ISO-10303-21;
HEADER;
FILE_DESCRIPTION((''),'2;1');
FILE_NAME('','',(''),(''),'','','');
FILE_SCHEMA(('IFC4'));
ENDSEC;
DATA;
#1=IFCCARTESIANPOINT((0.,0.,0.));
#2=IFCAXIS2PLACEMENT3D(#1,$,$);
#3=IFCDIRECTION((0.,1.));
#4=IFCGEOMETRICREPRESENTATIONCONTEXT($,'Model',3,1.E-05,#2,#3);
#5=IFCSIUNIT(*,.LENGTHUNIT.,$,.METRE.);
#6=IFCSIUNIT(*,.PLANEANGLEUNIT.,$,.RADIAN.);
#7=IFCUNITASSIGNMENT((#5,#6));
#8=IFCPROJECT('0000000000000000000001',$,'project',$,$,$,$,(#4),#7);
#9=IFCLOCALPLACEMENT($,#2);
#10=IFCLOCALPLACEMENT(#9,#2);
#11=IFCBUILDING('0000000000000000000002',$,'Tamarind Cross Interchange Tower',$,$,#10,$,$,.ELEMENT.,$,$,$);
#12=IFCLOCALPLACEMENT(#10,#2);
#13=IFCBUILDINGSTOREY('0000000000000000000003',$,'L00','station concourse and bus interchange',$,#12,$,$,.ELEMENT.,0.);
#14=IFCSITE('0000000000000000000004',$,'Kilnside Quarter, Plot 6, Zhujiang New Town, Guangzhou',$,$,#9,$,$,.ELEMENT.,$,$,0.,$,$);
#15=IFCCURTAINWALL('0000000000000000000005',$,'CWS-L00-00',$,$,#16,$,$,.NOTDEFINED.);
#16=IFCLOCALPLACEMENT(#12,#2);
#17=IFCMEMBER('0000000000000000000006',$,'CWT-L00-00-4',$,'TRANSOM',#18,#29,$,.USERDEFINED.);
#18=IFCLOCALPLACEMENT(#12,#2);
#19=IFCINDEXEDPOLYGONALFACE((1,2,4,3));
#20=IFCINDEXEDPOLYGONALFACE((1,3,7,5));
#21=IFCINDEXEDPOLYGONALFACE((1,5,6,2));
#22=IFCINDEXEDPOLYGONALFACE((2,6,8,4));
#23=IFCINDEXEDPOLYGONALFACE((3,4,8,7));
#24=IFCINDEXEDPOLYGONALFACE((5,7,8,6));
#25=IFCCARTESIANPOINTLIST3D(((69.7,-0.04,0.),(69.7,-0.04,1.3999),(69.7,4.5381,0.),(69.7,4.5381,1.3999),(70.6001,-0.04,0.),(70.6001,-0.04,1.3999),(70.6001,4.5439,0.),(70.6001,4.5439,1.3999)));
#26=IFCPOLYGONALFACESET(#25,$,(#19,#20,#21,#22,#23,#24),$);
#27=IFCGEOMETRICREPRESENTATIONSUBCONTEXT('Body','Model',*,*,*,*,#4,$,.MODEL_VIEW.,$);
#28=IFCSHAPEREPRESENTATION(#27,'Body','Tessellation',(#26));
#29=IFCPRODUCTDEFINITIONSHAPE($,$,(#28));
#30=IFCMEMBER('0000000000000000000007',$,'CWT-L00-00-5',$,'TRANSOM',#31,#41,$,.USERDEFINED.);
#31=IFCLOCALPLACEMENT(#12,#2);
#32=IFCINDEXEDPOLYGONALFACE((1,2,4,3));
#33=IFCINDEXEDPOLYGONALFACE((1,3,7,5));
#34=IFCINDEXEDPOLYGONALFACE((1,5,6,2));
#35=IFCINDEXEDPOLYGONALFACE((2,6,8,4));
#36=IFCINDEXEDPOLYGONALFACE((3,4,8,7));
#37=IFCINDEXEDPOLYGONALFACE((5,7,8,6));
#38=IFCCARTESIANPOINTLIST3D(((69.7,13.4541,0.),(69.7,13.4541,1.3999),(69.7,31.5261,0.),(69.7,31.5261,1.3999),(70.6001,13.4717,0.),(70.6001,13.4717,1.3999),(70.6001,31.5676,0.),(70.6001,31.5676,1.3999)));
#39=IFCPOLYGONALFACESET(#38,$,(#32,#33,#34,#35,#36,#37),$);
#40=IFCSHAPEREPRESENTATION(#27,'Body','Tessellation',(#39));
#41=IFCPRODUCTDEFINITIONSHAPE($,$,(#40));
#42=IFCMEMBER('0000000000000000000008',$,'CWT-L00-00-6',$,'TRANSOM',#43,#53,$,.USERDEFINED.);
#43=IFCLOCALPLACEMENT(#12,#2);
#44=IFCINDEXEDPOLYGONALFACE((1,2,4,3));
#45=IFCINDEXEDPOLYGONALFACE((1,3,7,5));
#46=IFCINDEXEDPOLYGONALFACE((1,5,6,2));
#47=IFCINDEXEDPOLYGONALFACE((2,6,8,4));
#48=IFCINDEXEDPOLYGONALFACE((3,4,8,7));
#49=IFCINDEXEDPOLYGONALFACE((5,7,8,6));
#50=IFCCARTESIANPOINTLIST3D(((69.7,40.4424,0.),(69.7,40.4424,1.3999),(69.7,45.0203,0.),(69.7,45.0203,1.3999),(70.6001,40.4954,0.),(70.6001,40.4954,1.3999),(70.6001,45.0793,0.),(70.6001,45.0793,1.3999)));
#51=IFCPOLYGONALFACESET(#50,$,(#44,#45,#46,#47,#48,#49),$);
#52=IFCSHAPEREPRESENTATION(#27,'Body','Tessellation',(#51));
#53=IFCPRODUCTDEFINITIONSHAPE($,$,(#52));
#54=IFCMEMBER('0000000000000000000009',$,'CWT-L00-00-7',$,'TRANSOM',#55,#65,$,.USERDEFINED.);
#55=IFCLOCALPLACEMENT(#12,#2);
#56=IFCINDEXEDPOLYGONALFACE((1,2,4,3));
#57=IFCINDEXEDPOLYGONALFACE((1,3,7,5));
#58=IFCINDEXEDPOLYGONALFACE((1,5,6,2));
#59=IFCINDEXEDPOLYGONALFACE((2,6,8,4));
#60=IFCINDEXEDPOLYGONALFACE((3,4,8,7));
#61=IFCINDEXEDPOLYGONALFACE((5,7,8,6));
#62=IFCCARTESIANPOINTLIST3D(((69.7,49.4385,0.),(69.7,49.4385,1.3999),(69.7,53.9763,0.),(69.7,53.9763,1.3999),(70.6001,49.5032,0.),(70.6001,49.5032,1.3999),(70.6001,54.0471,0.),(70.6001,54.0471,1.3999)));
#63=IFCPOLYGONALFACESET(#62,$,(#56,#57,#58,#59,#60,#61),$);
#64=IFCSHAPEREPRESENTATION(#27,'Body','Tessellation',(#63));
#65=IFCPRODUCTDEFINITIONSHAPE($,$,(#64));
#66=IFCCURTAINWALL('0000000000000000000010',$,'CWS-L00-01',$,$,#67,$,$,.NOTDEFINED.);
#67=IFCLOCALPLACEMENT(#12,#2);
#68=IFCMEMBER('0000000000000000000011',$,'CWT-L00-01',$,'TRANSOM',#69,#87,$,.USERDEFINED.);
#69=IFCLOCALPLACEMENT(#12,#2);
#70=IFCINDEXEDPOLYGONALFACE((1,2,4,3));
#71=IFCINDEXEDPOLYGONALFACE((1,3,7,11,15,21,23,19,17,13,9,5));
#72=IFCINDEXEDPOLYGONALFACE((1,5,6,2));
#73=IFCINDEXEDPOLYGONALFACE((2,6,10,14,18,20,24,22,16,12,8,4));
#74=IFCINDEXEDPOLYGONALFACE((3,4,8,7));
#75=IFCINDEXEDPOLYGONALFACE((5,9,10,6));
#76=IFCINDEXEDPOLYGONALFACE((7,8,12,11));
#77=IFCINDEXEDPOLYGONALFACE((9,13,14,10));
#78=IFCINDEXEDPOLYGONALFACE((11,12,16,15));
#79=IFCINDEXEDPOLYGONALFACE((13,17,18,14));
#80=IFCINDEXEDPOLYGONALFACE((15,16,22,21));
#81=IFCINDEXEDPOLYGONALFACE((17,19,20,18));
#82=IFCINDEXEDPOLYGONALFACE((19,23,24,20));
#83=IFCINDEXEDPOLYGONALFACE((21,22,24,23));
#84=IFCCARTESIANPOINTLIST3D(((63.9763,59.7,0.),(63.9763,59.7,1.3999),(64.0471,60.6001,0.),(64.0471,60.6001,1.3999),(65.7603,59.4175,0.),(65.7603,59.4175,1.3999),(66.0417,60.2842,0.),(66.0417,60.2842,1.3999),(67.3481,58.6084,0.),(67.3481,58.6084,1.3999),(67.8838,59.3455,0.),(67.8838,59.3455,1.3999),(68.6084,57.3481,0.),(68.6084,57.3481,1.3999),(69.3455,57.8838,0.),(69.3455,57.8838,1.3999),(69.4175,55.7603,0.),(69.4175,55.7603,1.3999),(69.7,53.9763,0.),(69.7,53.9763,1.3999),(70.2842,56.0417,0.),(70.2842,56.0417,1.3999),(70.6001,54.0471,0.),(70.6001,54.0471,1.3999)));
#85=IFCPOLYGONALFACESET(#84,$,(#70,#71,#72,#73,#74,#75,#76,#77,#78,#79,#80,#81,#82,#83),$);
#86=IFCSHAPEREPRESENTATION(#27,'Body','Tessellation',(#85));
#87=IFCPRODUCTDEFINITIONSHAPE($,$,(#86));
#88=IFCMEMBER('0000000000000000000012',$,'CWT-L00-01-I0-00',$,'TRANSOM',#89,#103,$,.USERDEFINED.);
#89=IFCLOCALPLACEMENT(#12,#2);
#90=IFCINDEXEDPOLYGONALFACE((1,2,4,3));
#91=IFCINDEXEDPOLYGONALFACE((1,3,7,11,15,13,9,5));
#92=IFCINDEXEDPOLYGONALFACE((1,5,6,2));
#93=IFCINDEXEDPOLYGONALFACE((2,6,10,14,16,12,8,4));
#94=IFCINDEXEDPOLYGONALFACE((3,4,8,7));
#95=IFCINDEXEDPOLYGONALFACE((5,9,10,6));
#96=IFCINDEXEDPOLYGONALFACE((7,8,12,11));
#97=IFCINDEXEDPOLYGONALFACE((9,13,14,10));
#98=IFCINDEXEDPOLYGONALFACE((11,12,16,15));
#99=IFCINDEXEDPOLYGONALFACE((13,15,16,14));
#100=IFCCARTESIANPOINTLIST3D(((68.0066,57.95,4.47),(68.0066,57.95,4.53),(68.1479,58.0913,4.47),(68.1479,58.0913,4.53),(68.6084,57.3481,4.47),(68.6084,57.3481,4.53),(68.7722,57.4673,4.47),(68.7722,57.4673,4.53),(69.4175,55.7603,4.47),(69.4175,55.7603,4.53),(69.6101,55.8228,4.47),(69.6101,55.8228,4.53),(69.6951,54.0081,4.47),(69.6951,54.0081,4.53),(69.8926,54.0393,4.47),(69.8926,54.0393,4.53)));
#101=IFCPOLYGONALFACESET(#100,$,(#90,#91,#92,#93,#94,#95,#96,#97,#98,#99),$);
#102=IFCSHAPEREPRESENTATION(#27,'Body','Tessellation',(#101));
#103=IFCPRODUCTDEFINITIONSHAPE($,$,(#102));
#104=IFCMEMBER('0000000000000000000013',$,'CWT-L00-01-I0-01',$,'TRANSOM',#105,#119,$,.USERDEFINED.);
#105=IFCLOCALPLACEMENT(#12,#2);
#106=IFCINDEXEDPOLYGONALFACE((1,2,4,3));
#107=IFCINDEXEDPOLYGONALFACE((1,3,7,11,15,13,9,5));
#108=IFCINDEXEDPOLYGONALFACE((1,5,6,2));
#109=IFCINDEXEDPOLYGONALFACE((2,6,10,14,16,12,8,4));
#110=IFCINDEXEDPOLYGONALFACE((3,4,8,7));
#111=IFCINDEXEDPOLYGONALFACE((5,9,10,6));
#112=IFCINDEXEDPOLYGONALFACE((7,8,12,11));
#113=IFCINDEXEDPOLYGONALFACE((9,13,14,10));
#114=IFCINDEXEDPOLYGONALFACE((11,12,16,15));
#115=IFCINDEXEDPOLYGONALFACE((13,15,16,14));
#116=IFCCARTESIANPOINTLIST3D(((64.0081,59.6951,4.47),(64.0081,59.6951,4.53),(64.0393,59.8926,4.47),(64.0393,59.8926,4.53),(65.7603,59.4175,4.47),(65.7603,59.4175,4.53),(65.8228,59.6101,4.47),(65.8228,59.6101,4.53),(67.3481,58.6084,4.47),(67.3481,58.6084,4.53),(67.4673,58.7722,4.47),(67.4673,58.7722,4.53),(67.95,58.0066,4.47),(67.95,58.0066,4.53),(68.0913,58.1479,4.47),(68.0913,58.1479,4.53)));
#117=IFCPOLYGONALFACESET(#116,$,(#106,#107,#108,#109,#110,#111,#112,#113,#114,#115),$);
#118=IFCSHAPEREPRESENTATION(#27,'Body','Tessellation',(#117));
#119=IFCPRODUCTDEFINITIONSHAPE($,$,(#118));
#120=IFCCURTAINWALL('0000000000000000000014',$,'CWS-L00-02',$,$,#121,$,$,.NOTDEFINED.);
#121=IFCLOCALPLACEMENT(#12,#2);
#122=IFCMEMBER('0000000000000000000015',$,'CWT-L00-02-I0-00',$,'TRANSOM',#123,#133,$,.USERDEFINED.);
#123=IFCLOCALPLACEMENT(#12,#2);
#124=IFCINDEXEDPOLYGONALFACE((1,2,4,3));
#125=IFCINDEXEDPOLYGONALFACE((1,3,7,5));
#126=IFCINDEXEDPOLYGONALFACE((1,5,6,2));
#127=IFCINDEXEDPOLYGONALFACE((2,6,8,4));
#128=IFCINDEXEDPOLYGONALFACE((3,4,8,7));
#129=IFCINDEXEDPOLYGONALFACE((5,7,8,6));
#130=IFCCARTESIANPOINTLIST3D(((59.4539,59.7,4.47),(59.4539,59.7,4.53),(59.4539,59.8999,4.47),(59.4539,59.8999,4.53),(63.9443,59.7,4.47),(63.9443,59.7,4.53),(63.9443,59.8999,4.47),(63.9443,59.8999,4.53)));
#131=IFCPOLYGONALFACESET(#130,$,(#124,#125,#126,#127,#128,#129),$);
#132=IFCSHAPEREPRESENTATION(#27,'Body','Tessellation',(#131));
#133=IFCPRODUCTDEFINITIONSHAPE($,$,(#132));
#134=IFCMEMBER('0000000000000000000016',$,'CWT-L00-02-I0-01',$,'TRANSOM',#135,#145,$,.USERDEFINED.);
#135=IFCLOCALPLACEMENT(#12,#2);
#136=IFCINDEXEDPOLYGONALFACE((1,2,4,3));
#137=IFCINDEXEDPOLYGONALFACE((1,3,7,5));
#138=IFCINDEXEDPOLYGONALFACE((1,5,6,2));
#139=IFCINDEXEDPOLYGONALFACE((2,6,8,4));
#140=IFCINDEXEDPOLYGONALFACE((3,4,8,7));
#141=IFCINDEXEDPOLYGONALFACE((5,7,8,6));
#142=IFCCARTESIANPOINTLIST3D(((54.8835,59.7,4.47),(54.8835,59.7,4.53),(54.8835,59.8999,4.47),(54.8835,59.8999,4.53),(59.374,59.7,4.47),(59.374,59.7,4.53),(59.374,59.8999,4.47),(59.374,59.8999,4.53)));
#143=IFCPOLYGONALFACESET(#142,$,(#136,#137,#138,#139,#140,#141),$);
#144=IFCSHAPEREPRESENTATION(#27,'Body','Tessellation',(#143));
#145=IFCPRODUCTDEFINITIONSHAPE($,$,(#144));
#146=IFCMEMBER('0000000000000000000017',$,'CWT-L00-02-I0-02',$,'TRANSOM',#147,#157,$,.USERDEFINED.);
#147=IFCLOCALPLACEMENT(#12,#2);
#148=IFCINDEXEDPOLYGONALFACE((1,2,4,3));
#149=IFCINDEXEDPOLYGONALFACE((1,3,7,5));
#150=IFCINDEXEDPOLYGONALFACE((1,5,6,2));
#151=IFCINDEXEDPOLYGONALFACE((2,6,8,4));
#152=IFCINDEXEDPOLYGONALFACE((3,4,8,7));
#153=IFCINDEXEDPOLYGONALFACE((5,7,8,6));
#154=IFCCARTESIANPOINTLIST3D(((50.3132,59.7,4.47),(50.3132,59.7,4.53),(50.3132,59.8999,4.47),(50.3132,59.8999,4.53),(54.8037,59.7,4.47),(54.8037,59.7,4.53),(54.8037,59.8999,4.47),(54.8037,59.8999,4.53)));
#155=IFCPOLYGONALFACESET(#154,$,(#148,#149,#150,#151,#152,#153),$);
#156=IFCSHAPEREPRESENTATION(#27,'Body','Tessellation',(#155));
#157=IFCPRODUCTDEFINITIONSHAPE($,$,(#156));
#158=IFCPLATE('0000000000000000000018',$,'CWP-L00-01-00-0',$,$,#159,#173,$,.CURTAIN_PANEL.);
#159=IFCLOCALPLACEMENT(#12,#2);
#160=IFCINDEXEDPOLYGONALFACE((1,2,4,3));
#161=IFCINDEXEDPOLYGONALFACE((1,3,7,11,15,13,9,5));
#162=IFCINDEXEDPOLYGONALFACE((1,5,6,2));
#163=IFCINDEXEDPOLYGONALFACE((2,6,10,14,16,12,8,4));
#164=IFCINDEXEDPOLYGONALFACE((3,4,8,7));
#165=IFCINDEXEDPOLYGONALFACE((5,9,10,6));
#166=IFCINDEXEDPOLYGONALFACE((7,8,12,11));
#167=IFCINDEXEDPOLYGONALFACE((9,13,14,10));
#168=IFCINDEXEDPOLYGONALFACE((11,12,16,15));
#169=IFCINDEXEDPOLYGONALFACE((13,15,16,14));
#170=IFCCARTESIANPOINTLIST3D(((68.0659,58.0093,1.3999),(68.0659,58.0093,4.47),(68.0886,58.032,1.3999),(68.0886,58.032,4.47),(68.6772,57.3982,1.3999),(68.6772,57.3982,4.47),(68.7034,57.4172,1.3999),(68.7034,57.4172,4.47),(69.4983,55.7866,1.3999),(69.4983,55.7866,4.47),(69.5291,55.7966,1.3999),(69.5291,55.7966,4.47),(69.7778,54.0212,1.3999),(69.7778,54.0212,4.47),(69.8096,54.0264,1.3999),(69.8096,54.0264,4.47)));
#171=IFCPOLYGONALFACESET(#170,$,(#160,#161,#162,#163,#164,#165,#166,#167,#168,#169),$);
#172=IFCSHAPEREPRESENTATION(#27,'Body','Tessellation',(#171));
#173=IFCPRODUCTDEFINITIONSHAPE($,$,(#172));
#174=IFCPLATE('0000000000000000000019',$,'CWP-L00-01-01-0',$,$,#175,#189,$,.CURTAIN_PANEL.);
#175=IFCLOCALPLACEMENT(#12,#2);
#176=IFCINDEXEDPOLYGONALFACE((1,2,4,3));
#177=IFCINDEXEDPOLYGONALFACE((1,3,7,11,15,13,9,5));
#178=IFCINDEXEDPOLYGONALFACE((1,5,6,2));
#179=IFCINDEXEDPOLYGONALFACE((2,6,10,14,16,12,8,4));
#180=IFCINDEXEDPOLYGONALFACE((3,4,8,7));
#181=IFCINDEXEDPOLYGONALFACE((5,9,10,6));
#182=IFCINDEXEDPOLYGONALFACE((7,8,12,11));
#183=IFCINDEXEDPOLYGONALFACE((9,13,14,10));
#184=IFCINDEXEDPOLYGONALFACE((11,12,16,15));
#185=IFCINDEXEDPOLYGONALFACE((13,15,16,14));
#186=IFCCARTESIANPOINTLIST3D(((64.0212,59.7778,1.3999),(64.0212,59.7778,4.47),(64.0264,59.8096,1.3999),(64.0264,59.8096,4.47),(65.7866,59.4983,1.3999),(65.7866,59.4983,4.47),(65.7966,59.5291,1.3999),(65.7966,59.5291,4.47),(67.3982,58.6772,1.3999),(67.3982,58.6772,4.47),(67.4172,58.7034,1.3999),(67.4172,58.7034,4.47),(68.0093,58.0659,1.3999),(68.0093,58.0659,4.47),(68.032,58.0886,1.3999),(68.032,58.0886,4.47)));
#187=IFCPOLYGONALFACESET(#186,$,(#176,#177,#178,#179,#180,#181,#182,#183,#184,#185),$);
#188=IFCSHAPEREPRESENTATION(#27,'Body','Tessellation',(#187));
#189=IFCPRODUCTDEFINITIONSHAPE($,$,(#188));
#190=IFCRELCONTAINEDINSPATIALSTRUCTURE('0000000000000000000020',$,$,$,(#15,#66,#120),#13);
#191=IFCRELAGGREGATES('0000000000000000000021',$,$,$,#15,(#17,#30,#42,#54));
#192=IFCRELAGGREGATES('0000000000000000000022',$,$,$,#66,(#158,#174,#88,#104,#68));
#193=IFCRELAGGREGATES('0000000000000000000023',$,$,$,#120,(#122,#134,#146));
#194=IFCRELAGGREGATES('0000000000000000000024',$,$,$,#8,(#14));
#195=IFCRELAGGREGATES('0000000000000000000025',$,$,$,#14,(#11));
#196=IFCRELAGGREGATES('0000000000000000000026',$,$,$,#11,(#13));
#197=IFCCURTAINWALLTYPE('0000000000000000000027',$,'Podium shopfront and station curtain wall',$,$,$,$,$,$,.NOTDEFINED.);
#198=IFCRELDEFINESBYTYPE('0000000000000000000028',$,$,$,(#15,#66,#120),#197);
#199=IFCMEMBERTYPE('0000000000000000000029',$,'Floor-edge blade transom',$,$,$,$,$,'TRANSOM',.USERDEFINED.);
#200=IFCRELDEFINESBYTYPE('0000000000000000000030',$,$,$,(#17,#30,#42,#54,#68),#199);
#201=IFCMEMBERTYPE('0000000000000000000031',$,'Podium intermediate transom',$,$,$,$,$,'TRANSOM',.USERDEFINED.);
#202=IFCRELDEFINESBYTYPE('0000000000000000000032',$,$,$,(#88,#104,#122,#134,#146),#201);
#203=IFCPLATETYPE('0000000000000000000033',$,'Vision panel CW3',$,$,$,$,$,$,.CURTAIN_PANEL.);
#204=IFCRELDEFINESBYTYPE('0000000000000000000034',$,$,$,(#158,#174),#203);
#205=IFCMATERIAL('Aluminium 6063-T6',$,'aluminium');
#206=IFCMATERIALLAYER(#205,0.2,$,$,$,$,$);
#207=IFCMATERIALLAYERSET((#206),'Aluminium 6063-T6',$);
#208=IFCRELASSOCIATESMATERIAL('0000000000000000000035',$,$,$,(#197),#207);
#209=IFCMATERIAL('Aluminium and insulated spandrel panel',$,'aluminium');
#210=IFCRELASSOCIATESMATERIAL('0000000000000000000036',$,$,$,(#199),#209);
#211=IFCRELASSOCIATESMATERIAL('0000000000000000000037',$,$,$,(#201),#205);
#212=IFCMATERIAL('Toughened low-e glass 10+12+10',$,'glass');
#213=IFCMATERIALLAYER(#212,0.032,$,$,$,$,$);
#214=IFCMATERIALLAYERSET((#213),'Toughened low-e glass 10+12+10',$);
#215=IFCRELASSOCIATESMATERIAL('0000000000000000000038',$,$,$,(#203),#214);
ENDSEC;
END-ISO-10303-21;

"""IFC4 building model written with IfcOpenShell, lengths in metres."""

from ifc_helpers import new_model, si_unit, direction, frame, origin, place, context, subcontext, project, spatial, polyline, outline, extrude, material, layer, layer_set, type_object, element, aggregate, save


model = new_model("IFC4")

# Units and contexts
model_context = context("Model", 3, precision=1e-05, world=origin(), true_north=direction((0.0, 1.0)))
body_context = subcontext(model_context, "Body", "Model", "MODEL_VIEW")
ifc_project = project(units=[si_unit("LENGTHUNIT", "METRE"), si_unit("PLANEANGLEUNIT", "RADIAN")], contexts=[model_context])

# Site, building, storey
site_placement = place(None, origin())
site = spatial("IfcSite", under=ifc_project, at=site_placement, Name="Kilnside Quarter, Plot 6, Zhujiang New Town, Guangzhou", CompositionType="ELEMENT", RefElevation=0.0)
building_placement = place(site_placement, origin())
building = spatial("IfcBuilding", under=site, at=building_placement, Name="Tamarind Cross Interchange Tower", CompositionType="ELEMENT")
storey_placement = place(building_placement, origin())
storey = spatial("IfcBuildingStorey", under=building, at=storey_placement, Name="L00", Description="station concourse and bus interchange", CompositionType="ELEMENT", Elevation=0.0)

# Curtain walls, members
ifc_material_1 = material(Name="Aluminium 6063-T6", Category="aluminium")
ifc_layer_1 = layer(ifc_material_1, 0.2)
ifc_layer_set_1 = layer_set([ifc_layer_1], Name="Aluminium 6063-T6")
curtain_wall_type = type_object("IfcCurtainWallType", Name="Podium shopfront and station curtain wall", PredefinedType="NOTDEFINED", material=ifc_layer_set_1)
curtain_wall_1_placement = place(storey_placement, origin())
curtain_wall_1 = element("IfcCurtainWall", 1, at=curtain_wall_1_placement, inside=storey, type_object=curtain_wall_type, Name="CWS-L00-00", PredefinedType="NOTDEFINED")
ifc_material_2 = material(Name="Aluminium and insulated spandrel panel", Category="aluminium")
member_type_1 = type_object("IfcMemberType", Name="Floor-edge blade transom", ElementType="TRANSOM", PredefinedType="USERDEFINED", material=ifc_material_2)
member_1_placement = place(storey_placement, origin())
member_1 = element("IfcMember", 2, at=member_1_placement, type_object=member_type_1, Name="CWT-L00-00-4", ObjectType="TRANSOM", PredefinedType="USERDEFINED", context=body_context, shape_type="SweptSolid", body=[
    extrude(outline(polyline([(69.7, -0.04), (69.7, 4.5381), (70.6001, 4.5439), (70.6001, -0.04), (69.7, -0.04)])), origin(), (0.0, 0.0, 1.0), 1.3999),
])
member_2_placement = place(storey_placement, origin())
member_2 = element("IfcMember", 3, at=member_2_placement, type_object=member_type_1, Name="CWT-L00-00-5", ObjectType="TRANSOM", PredefinedType="USERDEFINED", context=body_context, shape_type="SweptSolid", body=[
    extrude(outline(polyline([(69.7, 13.4541), (69.7, 31.5261), (70.6001, 31.5676), (70.6001, 13.4717), (69.7, 13.4541)])), origin(), (0.0, 0.0, 1.0), 1.3999),
])
member_3_placement = place(storey_placement, origin())
member_3 = element("IfcMember", 4, at=member_3_placement, type_object=member_type_1, Name="CWT-L00-00-6", ObjectType="TRANSOM", PredefinedType="USERDEFINED", context=body_context, shape_type="SweptSolid", body=[
    extrude(outline(polyline([(69.7, 40.4424), (69.7, 45.0203), (70.6001, 45.0793), (70.6001, 40.4954), (69.7, 40.4424)])), origin(), (0.0, 0.0, 1.0), 1.3999),
])
member_4_placement = place(storey_placement, origin())
member_4 = element("IfcMember", 5, at=member_4_placement, type_object=member_type_1, Name="CWT-L00-00-7", ObjectType="TRANSOM", PredefinedType="USERDEFINED", context=body_context, shape_type="SweptSolid", body=[
    extrude(outline(polyline([(69.7, 49.4385), (69.7, 53.9763), (70.6001, 54.0471), (70.6001, 49.5032), (69.7, 49.4385)])), origin(), (0.0, 0.0, 1.0), 1.3999),
])
aggregate(curtain_wall_1, [member_1, member_2, member_3, member_4])
curtain_wall_2_placement = place(storey_placement, origin())
curtain_wall_2 = element("IfcCurtainWall", 6, at=curtain_wall_2_placement, inside=storey, type_object=curtain_wall_type, Name="CWS-L00-01", PredefinedType="NOTDEFINED")
member_5_placement = place(storey_placement, origin())
member_5 = element("IfcMember", 7, at=member_5_placement, type_object=member_type_1, Name="CWT-L00-01", ObjectType="TRANSOM", PredefinedType="USERDEFINED", context=body_context, shape_type="SweptSolid", body=[
    extrude(outline(polyline([(69.7, 53.9763), (69.4175, 55.7603), (68.6084, 57.3481), (67.3481, 58.6084), (65.7603, 59.4175), (63.9763, 59.7), (64.0471, 60.6001), (66.0417, 60.2842), (67.8838, 59.3455), (69.3455, 57.8838), (70.2842, 56.0417), (70.6001, 54.0471), (69.7, 53.9763)])), origin(), (0.0, 0.0, 1.0), 1.3999),
])
member_type_2 = type_object("IfcMemberType", Name="Podium intermediate transom", ElementType="TRANSOM", PredefinedType="USERDEFINED", material=ifc_material_1)
member_6_placement = place(storey_placement, frame((0.0, 0.0, 4.47)))
member_6 = element("IfcMember", 8, at=member_6_placement, type_object=member_type_2, Name="CWT-L00-01-I0-00", ObjectType="TRANSOM", PredefinedType="USERDEFINED", context=body_context, shape_type="SweptSolid", body=[
    extrude(outline(polyline([(69.6951, 54.0081), (69.4175, 55.7603), (68.6084, 57.3481), (68.0066, 57.95), (68.1479, 58.0913), (68.7722, 57.4673), (69.6101, 55.8228), (69.8926, 54.0393), (69.6951, 54.0081)])), origin(), (0.0, 0.0, 1.0), 0.0601),
])
member_7_placement = place(storey_placement, frame((0.0, 0.0, 4.47)))
member_7 = element("IfcMember", 9, at=member_7_placement, type_object=member_type_2, Name="CWT-L00-01-I0-01", ObjectType="TRANSOM", PredefinedType="USERDEFINED", context=body_context, shape_type="SweptSolid", body=[
    extrude(outline(polyline([(67.95, 58.0066), (67.3481, 58.6084), (65.7603, 59.4175), (64.0081, 59.6951), (64.0393, 59.8926), (65.8228, 59.6101), (67.4673, 58.7722), (68.0913, 58.1479), (67.95, 58.0066)])), origin(), (0.0, 0.0, 1.0), 0.0601),
])
curtain_wall_3_placement = place(storey_placement, origin())
curtain_wall_3 = element("IfcCurtainWall", 10, at=curtain_wall_3_placement, inside=storey, type_object=curtain_wall_type, Name="CWS-L00-02", PredefinedType="NOTDEFINED")
member_8_placement = place(storey_placement, frame((0.0, 0.0, 4.47)))
member_8 = element("IfcMember", 11, at=member_8_placement, type_object=member_type_2, Name="CWT-L00-02-I0-00", ObjectType="TRANSOM", PredefinedType="USERDEFINED", context=body_context, shape_type="SweptSolid", body=[
    extrude(outline(polyline([(63.9443, 59.7), (59.4539, 59.7), (59.4539, 59.8999), (63.9443, 59.8999), (63.9443, 59.7)])), origin(), (0.0, 0.0, 1.0), 0.0601),
])
member_9_placement = place(storey_placement, frame((0.0, 0.0, 4.47)))
member_9 = element("IfcMember", 12, at=member_9_placement, type_object=member_type_2, Name="CWT-L00-02-I0-01", ObjectType="TRANSOM", PredefinedType="USERDEFINED", context=body_context, shape_type="SweptSolid", body=[
    extrude(outline(polyline([(59.374, 59.7), (54.8835, 59.7), (54.8835, 59.8999), (59.374, 59.8999), (59.374, 59.7)])), origin(), (0.0, 0.0, 1.0), 0.0601),
])
member_10_placement = place(storey_placement, frame((0.0, 0.0, 4.47)))
member_10 = element("IfcMember", 13, at=member_10_placement, type_object=member_type_2, Name="CWT-L00-02-I0-02", ObjectType="TRANSOM", PredefinedType="USERDEFINED", context=body_context, shape_type="SweptSolid", body=[
    extrude(outline(polyline([(54.8037, 59.7), (50.3132, 59.7), (50.3132, 59.8999), (54.8037, 59.8999), (54.8037, 59.7)])), origin(), (0.0, 0.0, 1.0), 0.0601),
])

# Plates
ifc_material_3 = material(Name="Toughened low-e glass 10+12+10", Category="glass")
ifc_layer_2 = layer(ifc_material_3, 0.032)
ifc_layer_set_2 = layer_set([ifc_layer_2], Name="Toughened low-e glass 10+12+10")
plate_type = type_object("IfcPlateType", Name="Vision panel CW3", PredefinedType="CURTAIN_PANEL", material=ifc_layer_set_2)
plate_1_placement = place(storey_placement, frame((0.0, 0.0, 1.3999)))
plate_1 = element("IfcPlate", 14, at=plate_1_placement, type_object=plate_type, Name="CWP-L00-01-00-0", PredefinedType="CURTAIN_PANEL", context=body_context, shape_type="SweptSolid", body=[
    extrude(outline(polyline([(69.7778, 54.0212), (69.4983, 55.7866), (68.6772, 57.3982), (68.0659, 58.0093), (68.0886, 58.032), (68.7034, 57.4172), (69.5291, 55.7966), (69.8096, 54.0264), (69.7778, 54.0212)])), origin(), (0.0, 0.0, 1.0), 3.0701),
])
plate_2_placement = place(storey_placement, frame((0.0, 0.0, 1.3999)))
plate_2 = element("IfcPlate", 15, at=plate_2_placement, type_object=plate_type, Name="CWP-L00-01-01-0", PredefinedType="CURTAIN_PANEL", context=body_context, shape_type="SweptSolid", body=[
    extrude(outline(polyline([(68.0093, 58.0659), (67.3982, 58.6772), (65.7866, 59.4983), (64.0212, 59.7778), (64.0264, 59.8096), (65.7966, 59.5291), (67.4172, 58.7034), (68.032, 58.0886), (68.0093, 58.0659)])), origin(), (0.0, 0.0, 1.0), 3.0701),
])
aggregate(curtain_wall_2, [plate_1, plate_2, member_6, member_7, member_5])
aggregate(curtain_wall_3, [member_8, member_9, member_10])

save(model, "model.ifc")
